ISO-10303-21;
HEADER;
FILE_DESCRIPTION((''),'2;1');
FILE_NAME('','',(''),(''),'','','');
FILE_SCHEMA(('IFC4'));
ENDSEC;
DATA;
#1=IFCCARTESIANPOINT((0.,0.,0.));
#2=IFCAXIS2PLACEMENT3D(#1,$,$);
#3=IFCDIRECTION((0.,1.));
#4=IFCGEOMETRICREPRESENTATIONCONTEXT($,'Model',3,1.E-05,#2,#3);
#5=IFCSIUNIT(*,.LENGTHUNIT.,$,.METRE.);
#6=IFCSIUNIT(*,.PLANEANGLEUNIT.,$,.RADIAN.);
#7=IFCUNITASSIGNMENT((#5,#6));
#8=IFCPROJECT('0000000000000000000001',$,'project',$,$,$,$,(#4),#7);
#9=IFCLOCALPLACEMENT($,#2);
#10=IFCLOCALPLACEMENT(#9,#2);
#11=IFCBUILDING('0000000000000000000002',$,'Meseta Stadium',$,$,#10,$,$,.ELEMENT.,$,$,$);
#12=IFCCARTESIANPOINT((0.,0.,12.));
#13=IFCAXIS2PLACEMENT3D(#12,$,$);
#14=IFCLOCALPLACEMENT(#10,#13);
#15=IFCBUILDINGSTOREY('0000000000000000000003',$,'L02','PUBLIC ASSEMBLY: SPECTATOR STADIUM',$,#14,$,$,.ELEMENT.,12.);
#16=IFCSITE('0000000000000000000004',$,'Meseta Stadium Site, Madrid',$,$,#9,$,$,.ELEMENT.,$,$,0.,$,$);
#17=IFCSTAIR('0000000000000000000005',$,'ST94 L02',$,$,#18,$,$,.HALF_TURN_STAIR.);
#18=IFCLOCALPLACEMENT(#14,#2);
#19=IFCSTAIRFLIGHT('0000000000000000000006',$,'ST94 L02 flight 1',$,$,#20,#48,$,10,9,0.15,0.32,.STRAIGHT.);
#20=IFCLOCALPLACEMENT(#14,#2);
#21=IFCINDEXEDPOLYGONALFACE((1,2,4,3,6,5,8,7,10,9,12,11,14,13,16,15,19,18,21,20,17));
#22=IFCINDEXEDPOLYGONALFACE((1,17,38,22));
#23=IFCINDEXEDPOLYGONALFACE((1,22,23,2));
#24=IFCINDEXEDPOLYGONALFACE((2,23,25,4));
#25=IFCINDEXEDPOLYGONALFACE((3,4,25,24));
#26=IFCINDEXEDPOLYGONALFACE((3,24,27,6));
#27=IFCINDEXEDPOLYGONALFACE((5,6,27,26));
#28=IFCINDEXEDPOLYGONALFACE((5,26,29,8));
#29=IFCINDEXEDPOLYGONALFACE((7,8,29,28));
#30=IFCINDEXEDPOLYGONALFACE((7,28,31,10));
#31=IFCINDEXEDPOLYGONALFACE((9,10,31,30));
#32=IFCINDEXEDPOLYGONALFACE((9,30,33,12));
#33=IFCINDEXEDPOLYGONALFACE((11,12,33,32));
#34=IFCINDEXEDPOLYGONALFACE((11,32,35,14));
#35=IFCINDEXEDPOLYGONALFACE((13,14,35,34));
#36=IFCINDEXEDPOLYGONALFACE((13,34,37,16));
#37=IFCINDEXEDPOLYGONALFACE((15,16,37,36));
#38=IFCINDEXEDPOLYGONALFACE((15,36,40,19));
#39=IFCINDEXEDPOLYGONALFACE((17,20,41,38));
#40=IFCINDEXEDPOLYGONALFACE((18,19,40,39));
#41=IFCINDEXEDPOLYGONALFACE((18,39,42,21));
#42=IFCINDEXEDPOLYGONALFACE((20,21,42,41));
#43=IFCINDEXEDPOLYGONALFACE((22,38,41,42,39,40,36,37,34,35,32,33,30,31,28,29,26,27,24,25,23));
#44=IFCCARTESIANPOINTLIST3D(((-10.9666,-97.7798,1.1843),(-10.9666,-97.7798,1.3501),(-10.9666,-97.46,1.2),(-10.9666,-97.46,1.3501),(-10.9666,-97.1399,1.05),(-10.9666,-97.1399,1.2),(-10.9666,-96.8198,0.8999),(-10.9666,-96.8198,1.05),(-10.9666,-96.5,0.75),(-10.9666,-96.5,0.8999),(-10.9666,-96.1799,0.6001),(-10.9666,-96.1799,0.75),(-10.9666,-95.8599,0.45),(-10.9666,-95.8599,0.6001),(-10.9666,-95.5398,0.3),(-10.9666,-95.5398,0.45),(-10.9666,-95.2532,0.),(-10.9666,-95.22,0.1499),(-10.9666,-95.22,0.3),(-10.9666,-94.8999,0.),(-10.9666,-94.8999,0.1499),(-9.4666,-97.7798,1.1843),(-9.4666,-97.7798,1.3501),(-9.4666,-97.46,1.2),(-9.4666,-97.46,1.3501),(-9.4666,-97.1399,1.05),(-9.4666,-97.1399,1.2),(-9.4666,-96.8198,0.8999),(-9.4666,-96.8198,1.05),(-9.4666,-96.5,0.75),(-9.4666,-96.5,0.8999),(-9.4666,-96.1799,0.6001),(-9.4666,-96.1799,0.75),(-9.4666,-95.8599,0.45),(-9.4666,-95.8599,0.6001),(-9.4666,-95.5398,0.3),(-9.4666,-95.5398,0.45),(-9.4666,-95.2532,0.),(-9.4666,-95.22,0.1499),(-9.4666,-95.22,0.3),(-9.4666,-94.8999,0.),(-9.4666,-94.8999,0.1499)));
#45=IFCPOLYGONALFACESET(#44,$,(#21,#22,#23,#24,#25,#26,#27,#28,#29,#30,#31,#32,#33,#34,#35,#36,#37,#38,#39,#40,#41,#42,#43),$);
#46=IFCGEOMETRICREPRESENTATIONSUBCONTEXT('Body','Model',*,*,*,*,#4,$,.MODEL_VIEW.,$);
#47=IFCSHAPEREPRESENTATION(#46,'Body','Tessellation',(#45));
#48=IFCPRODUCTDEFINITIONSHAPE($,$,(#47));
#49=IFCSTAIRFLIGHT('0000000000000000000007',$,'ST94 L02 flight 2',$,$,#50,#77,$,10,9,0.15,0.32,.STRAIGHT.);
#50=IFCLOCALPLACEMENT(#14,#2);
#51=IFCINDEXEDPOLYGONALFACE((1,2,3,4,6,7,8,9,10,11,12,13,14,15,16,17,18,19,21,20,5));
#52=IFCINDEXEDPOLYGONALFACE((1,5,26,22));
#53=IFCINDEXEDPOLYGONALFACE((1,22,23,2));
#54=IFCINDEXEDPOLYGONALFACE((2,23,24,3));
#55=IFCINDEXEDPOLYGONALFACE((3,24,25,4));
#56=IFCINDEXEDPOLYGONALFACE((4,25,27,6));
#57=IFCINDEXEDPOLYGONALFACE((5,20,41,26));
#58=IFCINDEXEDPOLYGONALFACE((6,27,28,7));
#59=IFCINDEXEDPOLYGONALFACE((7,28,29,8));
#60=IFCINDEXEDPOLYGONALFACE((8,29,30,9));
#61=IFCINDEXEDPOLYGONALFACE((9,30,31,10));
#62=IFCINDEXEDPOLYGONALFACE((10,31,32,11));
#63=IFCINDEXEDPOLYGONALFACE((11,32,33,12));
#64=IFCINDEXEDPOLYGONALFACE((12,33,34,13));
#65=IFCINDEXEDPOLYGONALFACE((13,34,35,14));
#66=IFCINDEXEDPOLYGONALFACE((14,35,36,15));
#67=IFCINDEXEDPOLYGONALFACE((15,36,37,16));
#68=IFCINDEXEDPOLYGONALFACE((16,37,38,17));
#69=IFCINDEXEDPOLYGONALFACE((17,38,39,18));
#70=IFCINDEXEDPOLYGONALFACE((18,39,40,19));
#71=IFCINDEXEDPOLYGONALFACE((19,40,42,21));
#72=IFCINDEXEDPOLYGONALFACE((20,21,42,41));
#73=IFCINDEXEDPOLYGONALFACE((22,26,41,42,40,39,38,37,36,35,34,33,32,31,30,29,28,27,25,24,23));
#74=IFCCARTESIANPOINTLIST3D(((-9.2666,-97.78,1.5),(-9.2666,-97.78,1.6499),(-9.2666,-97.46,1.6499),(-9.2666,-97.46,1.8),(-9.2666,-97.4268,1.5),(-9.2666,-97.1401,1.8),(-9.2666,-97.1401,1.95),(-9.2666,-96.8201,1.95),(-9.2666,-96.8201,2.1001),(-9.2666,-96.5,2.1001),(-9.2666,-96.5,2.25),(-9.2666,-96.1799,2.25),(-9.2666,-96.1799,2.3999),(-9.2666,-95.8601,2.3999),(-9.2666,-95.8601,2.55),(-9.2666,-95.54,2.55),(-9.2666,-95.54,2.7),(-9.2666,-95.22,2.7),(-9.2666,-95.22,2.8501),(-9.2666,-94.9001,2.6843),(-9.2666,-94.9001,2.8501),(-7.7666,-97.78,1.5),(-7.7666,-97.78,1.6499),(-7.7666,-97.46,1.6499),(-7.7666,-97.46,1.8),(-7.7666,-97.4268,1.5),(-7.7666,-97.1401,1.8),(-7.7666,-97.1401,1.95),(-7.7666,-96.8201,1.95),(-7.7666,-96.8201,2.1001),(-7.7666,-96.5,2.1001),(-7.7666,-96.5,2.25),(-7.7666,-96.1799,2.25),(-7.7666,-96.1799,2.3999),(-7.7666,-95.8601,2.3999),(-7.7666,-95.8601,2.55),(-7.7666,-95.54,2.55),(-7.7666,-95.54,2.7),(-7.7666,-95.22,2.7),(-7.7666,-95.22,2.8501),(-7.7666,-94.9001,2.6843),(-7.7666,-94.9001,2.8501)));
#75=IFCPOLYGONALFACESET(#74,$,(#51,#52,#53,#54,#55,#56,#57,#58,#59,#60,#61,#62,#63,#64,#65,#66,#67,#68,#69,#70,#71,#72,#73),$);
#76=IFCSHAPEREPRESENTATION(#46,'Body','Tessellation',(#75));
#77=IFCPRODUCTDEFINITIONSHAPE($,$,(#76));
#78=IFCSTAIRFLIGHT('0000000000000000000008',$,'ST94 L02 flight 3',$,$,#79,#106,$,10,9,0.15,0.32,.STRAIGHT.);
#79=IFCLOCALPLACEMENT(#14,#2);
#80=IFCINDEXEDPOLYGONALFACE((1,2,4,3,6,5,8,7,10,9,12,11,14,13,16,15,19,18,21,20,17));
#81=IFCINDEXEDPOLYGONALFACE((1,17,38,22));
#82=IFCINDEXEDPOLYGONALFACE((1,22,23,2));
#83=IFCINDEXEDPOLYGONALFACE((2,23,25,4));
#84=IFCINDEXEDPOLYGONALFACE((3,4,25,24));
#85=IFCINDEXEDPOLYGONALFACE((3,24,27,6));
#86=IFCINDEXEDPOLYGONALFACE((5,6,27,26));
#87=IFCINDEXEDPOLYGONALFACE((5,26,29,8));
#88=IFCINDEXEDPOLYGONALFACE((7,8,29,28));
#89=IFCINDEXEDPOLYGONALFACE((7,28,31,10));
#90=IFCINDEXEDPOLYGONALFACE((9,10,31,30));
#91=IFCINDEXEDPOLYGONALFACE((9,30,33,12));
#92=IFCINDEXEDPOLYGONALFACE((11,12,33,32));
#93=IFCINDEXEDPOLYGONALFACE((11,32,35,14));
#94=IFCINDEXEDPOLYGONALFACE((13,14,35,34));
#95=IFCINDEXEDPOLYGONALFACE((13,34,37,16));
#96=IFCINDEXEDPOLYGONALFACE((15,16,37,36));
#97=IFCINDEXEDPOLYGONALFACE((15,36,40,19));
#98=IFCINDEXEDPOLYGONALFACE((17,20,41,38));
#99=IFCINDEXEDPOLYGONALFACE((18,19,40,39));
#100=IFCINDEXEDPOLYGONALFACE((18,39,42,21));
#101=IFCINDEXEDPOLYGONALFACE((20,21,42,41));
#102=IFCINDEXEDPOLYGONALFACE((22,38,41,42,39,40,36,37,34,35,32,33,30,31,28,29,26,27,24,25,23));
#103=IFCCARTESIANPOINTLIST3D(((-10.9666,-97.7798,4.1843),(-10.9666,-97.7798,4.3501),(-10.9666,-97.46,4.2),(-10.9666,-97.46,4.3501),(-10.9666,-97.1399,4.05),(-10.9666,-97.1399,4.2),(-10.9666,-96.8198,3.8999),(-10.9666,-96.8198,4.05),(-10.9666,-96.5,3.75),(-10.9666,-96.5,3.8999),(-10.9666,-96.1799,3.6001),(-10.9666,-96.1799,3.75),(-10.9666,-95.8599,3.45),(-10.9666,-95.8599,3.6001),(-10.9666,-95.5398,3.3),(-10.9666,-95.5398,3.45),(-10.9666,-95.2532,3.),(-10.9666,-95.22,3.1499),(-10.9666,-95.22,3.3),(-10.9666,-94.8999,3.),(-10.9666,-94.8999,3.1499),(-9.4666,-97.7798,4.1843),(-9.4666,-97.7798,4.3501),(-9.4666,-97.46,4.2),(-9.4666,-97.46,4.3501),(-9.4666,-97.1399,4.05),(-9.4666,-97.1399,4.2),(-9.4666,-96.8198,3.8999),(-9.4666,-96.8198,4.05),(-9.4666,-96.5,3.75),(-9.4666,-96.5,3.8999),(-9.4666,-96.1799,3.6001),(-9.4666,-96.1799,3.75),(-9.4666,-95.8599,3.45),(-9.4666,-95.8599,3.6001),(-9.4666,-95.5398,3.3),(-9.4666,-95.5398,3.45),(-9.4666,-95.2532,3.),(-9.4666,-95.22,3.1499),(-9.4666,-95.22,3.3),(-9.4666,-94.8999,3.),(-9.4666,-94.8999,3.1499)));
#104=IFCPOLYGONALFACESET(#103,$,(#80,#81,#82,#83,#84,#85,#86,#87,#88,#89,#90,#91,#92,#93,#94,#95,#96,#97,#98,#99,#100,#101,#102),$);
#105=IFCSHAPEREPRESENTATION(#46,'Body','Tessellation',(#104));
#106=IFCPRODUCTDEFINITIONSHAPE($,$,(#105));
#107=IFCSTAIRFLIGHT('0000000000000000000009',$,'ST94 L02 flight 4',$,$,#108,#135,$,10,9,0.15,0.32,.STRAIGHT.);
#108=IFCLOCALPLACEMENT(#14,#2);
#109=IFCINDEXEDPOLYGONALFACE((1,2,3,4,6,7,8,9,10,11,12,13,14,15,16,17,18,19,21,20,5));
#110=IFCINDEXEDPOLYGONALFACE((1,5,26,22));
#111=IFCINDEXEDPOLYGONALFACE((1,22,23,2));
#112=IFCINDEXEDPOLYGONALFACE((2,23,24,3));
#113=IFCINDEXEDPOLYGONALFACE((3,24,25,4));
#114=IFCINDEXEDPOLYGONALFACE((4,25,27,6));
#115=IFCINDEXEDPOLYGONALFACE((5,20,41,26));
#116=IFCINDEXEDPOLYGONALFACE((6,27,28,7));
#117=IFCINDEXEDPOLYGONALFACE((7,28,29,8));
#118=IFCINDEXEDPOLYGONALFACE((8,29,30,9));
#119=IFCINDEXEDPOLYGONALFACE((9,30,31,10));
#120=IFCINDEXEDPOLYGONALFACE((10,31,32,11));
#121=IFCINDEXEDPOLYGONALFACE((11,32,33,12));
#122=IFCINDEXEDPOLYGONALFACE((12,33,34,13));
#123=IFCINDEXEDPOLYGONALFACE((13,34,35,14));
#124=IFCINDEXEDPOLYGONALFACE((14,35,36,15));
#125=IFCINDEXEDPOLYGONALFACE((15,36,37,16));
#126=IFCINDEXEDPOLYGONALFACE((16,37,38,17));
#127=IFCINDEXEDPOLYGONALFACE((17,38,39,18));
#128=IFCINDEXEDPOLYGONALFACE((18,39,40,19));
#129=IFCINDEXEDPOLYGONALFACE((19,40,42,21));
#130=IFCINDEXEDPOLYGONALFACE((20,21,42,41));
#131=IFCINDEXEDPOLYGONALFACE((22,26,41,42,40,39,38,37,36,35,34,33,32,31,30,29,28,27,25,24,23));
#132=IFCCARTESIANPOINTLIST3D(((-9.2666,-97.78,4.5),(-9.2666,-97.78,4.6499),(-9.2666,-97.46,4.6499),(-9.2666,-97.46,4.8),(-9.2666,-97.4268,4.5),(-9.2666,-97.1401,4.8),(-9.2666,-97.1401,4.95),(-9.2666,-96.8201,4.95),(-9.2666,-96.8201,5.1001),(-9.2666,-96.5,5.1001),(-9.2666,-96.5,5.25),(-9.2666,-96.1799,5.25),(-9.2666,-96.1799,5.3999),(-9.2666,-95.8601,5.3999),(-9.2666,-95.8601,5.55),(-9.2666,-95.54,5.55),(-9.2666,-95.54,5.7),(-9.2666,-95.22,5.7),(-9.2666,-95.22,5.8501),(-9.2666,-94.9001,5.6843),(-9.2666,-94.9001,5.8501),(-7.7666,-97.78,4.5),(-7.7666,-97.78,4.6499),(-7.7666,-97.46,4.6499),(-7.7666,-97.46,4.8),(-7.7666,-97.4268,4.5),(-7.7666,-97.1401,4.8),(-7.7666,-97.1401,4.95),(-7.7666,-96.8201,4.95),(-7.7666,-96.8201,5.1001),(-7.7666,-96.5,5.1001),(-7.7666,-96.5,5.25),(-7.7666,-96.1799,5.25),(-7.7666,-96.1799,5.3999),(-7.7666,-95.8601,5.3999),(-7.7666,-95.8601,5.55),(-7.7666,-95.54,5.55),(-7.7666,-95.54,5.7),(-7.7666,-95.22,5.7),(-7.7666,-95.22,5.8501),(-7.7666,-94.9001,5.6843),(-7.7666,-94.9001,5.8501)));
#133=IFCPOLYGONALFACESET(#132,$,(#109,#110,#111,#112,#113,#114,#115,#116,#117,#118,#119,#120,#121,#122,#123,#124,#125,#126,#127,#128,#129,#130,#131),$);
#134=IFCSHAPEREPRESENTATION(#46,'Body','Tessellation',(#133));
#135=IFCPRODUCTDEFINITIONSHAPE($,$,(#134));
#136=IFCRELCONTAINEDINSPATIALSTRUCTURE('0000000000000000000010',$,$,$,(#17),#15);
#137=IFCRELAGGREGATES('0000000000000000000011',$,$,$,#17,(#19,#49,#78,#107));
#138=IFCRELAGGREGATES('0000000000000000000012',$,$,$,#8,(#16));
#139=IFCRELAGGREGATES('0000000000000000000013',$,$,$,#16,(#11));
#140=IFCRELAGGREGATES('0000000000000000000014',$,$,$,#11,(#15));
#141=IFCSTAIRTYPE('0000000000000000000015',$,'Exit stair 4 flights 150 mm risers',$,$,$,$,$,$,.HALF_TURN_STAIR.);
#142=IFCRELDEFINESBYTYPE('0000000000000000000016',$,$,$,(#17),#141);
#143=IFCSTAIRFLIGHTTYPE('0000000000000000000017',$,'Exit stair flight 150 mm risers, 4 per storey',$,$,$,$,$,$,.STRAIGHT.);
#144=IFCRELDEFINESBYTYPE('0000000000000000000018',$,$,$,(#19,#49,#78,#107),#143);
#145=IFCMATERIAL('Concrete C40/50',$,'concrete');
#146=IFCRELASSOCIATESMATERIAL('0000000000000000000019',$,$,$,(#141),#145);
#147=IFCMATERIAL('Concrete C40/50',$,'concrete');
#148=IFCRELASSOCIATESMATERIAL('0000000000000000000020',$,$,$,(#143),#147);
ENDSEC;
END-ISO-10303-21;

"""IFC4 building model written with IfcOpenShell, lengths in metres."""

from ifc_helpers import new_model, si_unit, direction, frame, origin, place, context, subcontext, project, spatial, polyline, outline, extrude, material, type_object, element, aggregate, save


model = new_model("IFC4")

# Units and contexts
model_context = context("Model", 3, precision=1e-05, world=origin(), true_north=direction((0.0, 1.0)))
body_context = subcontext(model_context, "Body", "Model", "MODEL_VIEW")
ifc_project = project(units=[si_unit("LENGTHUNIT", "METRE"), si_unit("PLANEANGLEUNIT", "RADIAN")], contexts=[model_context])

# Site, building, storey
site_placement = place(None, origin())
site = spatial("IfcSite", under=ifc_project, at=site_placement, Name="Meseta Stadium Site, Madrid", CompositionType="ELEMENT", RefElevation=0.0)
building_placement = place(site_placement, origin())
building = spatial("IfcBuilding", under=site, at=building_placement, Name="Meseta Stadium", CompositionType="ELEMENT")
storey_placement = place(building_placement, frame((0.0, 0.0, 12.0)))
storey = spatial("IfcBuildingStorey", under=building, at=storey_placement, Name="L02", Description="PUBLIC ASSEMBLY: SPECTATOR STADIUM", CompositionType="ELEMENT", Elevation=12.0)

# Stair, stair flights
ifc_material_1 = material(Name="Concrete C40/50", Category="concrete")
stair_type = type_object("IfcStairType", Name="Exit stair 4 flights 150 mm risers", PredefinedType="HALF_TURN_STAIR", material=ifc_material_1)
ifc_material_2 = material(Name="Concrete C40/50", Category="concrete")
stair_flight_type = type_object("IfcStairFlightType", Name="Exit stair flight 150 mm risers, 4 per storey", PredefinedType="STRAIGHT", material=ifc_material_2)
stair_1_placement = place(storey_placement, origin())
stair_1 = element("IfcStair", 1, at=stair_1_placement, inside=storey, type_object=stair_type, Name="ST94 L02", PredefinedType="HALF_TURN_STAIR")
stair_flight_1_placement = place(storey_placement, frame((-10.2166, -94.8999, 0.0), z_axis=(0.0, 0.0, 1.0), x_axis=(0.0, -1.0, 0.0)))
stair_flight_1 = element("IfcStairFlight", 2, at=stair_flight_1_placement, type_object=stair_flight_type, Name="ST94 L02 flight 1", NumberOfRisers=10, NumberOfTreads=9, PredefinedType="STRAIGHT", RiserHeight=0.15, TreadLength=0.32, context=body_context, shape_type="SweptSolid", body=[
    extrude(outline(polyline([(0.0, 0.0), (0.0, 0.1499), (0.3201, 0.1499), (0.3201, 0.3), (0.6399, 0.3), (0.6399, 0.45), (0.96, 0.45), (0.96, 0.6001), (1.28, 0.6001), (1.28, 0.75), (1.6001, 0.75), (1.6001, 0.8999), (1.9199, 0.8999), (1.9199, 1.05), (2.24, 1.05), (2.24, 1.2), (2.5601, 1.2), (2.5601, 1.3501), (2.8799, 1.3501), (2.8799, 1.1843), (0.3533, 0.0), (0.0, 0.0)])), frame((0.0, 0.75, 0.0), z_axis=(0.0, -1.0, 0.0), x_axis=(1.0, 0.0, 0.0)), (0.0, 0.0, 1.0), 1.5),
])
stair_flight_2_placement = place(storey_placement, frame((-8.5166, -97.78, 1.5), z_axis=(0.0, 0.0, 1.0), x_axis=(0.0, 1.0, 0.0)))
stair_flight_2 = element("IfcStairFlight", 3, at=stair_flight_2_placement, type_object=stair_flight_type, Name="ST94 L02 flight 2", NumberOfRisers=10, NumberOfTreads=9, PredefinedType="STRAIGHT", RiserHeight=0.15, TreadLength=0.32, context=body_context, shape_type="SweptSolid", body=[
    extrude(outline(polyline([(0.0, 0.0), (0.0, 0.1499), (0.3201, 0.1499), (0.3201, 0.3), (0.6399, 0.3), (0.6399, 0.45), (0.96, 0.45), (0.96, 0.6001), (1.28, 0.6001), (1.28, 0.75), (1.6001, 0.75), (1.6001, 0.8999), (1.9199, 0.8999), (1.9199, 1.05), (2.24, 1.05), (2.24, 1.2), (2.5601, 1.2), (2.5601, 1.3501), (2.8799, 1.3501), (2.8799, 1.1843), (0.3533, 0.0), (0.0, 0.0)])), frame((0.0, 0.75, 0.0), z_axis=(0.0, -1.0, 0.0), x_axis=(1.0, 0.0, 0.0)), (0.0, 0.0, 1.0), 1.5),
])
stair_flight_3_placement = place(storey_placement, frame((-10.2166, -94.8999, 3.0), z_axis=(0.0, 0.0, 1.0), x_axis=(0.0, -1.0, 0.0)))
stair_flight_3 = element("IfcStairFlight", 4, at=stair_flight_3_placement, type_object=stair_flight_type, Name="ST94 L02 flight 3", NumberOfRisers=10, NumberOfTreads=9, PredefinedType="STRAIGHT", RiserHeight=0.15, TreadLength=0.32, context=body_context, shape_type="SweptSolid", body=[
    extrude(outline(polyline([(0.0, 0.0), (0.0, 0.1499), (0.3201, 0.1499), (0.3201, 0.3), (0.6399, 0.3), (0.6399, 0.45), (0.96, 0.45), (0.96, 0.6001), (1.28, 0.6001), (1.28, 0.75), (1.6001, 0.75), (1.6001, 0.8999), (1.9199, 0.8999), (1.9199, 1.05), (2.24, 1.05), (2.24, 1.2), (2.5601, 1.2), (2.5601, 1.3501), (2.8799, 1.3501), (2.8799, 1.1843), (0.3533, 0.0), (0.0, 0.0)])), frame((0.0, 0.75, 0.0), z_axis=(0.0, -1.0, 0.0), x_axis=(1.0, 0.0, 0.0)), (0.0, 0.0, 1.0), 1.5),
])
stair_flight_4_placement = place(storey_placement, frame((-8.5166, -97.78, 4.5), z_axis=(0.0, 0.0, 1.0), x_axis=(0.0, 1.0, 0.0)))
stair_flight_4 = element("IfcStairFlight", 5, at=stair_flight_4_placement, type_object=stair_flight_type, Name="ST94 L02 flight 4", NumberOfRisers=10, NumberOfTreads=9, PredefinedType="STRAIGHT", RiserHeight=0.15, TreadLength=0.32, context=body_context, shape_type="SweptSolid", body=[
    extrude(outline(polyline([(0.0, 0.0), (0.0, 0.1499), (0.3201, 0.1499), (0.3201, 0.3), (0.6399, 0.3), (0.6399, 0.45), (0.96, 0.45), (0.96, 0.6001), (1.28, 0.6001), (1.28, 0.75), (1.6001, 0.75), (1.6001, 0.8999), (1.9199, 0.8999), (1.9199, 1.05), (2.24, 1.05), (2.24, 1.2), (2.5601, 1.2), (2.5601, 1.3501), (2.8799, 1.3501), (2.8799, 1.1843), (0.3533, 0.0), (0.0, 0.0)])), frame((0.0, 0.75, 0.0), z_axis=(0.0, -1.0, 0.0), x_axis=(1.0, 0.0, 0.0)), (0.0, 0.0, 1.0), 1.5),
])
aggregate(stair_1, [stair_flight_1, stair_flight_2, stair_flight_3, stair_flight_4])

save(model, "model.ifc")
